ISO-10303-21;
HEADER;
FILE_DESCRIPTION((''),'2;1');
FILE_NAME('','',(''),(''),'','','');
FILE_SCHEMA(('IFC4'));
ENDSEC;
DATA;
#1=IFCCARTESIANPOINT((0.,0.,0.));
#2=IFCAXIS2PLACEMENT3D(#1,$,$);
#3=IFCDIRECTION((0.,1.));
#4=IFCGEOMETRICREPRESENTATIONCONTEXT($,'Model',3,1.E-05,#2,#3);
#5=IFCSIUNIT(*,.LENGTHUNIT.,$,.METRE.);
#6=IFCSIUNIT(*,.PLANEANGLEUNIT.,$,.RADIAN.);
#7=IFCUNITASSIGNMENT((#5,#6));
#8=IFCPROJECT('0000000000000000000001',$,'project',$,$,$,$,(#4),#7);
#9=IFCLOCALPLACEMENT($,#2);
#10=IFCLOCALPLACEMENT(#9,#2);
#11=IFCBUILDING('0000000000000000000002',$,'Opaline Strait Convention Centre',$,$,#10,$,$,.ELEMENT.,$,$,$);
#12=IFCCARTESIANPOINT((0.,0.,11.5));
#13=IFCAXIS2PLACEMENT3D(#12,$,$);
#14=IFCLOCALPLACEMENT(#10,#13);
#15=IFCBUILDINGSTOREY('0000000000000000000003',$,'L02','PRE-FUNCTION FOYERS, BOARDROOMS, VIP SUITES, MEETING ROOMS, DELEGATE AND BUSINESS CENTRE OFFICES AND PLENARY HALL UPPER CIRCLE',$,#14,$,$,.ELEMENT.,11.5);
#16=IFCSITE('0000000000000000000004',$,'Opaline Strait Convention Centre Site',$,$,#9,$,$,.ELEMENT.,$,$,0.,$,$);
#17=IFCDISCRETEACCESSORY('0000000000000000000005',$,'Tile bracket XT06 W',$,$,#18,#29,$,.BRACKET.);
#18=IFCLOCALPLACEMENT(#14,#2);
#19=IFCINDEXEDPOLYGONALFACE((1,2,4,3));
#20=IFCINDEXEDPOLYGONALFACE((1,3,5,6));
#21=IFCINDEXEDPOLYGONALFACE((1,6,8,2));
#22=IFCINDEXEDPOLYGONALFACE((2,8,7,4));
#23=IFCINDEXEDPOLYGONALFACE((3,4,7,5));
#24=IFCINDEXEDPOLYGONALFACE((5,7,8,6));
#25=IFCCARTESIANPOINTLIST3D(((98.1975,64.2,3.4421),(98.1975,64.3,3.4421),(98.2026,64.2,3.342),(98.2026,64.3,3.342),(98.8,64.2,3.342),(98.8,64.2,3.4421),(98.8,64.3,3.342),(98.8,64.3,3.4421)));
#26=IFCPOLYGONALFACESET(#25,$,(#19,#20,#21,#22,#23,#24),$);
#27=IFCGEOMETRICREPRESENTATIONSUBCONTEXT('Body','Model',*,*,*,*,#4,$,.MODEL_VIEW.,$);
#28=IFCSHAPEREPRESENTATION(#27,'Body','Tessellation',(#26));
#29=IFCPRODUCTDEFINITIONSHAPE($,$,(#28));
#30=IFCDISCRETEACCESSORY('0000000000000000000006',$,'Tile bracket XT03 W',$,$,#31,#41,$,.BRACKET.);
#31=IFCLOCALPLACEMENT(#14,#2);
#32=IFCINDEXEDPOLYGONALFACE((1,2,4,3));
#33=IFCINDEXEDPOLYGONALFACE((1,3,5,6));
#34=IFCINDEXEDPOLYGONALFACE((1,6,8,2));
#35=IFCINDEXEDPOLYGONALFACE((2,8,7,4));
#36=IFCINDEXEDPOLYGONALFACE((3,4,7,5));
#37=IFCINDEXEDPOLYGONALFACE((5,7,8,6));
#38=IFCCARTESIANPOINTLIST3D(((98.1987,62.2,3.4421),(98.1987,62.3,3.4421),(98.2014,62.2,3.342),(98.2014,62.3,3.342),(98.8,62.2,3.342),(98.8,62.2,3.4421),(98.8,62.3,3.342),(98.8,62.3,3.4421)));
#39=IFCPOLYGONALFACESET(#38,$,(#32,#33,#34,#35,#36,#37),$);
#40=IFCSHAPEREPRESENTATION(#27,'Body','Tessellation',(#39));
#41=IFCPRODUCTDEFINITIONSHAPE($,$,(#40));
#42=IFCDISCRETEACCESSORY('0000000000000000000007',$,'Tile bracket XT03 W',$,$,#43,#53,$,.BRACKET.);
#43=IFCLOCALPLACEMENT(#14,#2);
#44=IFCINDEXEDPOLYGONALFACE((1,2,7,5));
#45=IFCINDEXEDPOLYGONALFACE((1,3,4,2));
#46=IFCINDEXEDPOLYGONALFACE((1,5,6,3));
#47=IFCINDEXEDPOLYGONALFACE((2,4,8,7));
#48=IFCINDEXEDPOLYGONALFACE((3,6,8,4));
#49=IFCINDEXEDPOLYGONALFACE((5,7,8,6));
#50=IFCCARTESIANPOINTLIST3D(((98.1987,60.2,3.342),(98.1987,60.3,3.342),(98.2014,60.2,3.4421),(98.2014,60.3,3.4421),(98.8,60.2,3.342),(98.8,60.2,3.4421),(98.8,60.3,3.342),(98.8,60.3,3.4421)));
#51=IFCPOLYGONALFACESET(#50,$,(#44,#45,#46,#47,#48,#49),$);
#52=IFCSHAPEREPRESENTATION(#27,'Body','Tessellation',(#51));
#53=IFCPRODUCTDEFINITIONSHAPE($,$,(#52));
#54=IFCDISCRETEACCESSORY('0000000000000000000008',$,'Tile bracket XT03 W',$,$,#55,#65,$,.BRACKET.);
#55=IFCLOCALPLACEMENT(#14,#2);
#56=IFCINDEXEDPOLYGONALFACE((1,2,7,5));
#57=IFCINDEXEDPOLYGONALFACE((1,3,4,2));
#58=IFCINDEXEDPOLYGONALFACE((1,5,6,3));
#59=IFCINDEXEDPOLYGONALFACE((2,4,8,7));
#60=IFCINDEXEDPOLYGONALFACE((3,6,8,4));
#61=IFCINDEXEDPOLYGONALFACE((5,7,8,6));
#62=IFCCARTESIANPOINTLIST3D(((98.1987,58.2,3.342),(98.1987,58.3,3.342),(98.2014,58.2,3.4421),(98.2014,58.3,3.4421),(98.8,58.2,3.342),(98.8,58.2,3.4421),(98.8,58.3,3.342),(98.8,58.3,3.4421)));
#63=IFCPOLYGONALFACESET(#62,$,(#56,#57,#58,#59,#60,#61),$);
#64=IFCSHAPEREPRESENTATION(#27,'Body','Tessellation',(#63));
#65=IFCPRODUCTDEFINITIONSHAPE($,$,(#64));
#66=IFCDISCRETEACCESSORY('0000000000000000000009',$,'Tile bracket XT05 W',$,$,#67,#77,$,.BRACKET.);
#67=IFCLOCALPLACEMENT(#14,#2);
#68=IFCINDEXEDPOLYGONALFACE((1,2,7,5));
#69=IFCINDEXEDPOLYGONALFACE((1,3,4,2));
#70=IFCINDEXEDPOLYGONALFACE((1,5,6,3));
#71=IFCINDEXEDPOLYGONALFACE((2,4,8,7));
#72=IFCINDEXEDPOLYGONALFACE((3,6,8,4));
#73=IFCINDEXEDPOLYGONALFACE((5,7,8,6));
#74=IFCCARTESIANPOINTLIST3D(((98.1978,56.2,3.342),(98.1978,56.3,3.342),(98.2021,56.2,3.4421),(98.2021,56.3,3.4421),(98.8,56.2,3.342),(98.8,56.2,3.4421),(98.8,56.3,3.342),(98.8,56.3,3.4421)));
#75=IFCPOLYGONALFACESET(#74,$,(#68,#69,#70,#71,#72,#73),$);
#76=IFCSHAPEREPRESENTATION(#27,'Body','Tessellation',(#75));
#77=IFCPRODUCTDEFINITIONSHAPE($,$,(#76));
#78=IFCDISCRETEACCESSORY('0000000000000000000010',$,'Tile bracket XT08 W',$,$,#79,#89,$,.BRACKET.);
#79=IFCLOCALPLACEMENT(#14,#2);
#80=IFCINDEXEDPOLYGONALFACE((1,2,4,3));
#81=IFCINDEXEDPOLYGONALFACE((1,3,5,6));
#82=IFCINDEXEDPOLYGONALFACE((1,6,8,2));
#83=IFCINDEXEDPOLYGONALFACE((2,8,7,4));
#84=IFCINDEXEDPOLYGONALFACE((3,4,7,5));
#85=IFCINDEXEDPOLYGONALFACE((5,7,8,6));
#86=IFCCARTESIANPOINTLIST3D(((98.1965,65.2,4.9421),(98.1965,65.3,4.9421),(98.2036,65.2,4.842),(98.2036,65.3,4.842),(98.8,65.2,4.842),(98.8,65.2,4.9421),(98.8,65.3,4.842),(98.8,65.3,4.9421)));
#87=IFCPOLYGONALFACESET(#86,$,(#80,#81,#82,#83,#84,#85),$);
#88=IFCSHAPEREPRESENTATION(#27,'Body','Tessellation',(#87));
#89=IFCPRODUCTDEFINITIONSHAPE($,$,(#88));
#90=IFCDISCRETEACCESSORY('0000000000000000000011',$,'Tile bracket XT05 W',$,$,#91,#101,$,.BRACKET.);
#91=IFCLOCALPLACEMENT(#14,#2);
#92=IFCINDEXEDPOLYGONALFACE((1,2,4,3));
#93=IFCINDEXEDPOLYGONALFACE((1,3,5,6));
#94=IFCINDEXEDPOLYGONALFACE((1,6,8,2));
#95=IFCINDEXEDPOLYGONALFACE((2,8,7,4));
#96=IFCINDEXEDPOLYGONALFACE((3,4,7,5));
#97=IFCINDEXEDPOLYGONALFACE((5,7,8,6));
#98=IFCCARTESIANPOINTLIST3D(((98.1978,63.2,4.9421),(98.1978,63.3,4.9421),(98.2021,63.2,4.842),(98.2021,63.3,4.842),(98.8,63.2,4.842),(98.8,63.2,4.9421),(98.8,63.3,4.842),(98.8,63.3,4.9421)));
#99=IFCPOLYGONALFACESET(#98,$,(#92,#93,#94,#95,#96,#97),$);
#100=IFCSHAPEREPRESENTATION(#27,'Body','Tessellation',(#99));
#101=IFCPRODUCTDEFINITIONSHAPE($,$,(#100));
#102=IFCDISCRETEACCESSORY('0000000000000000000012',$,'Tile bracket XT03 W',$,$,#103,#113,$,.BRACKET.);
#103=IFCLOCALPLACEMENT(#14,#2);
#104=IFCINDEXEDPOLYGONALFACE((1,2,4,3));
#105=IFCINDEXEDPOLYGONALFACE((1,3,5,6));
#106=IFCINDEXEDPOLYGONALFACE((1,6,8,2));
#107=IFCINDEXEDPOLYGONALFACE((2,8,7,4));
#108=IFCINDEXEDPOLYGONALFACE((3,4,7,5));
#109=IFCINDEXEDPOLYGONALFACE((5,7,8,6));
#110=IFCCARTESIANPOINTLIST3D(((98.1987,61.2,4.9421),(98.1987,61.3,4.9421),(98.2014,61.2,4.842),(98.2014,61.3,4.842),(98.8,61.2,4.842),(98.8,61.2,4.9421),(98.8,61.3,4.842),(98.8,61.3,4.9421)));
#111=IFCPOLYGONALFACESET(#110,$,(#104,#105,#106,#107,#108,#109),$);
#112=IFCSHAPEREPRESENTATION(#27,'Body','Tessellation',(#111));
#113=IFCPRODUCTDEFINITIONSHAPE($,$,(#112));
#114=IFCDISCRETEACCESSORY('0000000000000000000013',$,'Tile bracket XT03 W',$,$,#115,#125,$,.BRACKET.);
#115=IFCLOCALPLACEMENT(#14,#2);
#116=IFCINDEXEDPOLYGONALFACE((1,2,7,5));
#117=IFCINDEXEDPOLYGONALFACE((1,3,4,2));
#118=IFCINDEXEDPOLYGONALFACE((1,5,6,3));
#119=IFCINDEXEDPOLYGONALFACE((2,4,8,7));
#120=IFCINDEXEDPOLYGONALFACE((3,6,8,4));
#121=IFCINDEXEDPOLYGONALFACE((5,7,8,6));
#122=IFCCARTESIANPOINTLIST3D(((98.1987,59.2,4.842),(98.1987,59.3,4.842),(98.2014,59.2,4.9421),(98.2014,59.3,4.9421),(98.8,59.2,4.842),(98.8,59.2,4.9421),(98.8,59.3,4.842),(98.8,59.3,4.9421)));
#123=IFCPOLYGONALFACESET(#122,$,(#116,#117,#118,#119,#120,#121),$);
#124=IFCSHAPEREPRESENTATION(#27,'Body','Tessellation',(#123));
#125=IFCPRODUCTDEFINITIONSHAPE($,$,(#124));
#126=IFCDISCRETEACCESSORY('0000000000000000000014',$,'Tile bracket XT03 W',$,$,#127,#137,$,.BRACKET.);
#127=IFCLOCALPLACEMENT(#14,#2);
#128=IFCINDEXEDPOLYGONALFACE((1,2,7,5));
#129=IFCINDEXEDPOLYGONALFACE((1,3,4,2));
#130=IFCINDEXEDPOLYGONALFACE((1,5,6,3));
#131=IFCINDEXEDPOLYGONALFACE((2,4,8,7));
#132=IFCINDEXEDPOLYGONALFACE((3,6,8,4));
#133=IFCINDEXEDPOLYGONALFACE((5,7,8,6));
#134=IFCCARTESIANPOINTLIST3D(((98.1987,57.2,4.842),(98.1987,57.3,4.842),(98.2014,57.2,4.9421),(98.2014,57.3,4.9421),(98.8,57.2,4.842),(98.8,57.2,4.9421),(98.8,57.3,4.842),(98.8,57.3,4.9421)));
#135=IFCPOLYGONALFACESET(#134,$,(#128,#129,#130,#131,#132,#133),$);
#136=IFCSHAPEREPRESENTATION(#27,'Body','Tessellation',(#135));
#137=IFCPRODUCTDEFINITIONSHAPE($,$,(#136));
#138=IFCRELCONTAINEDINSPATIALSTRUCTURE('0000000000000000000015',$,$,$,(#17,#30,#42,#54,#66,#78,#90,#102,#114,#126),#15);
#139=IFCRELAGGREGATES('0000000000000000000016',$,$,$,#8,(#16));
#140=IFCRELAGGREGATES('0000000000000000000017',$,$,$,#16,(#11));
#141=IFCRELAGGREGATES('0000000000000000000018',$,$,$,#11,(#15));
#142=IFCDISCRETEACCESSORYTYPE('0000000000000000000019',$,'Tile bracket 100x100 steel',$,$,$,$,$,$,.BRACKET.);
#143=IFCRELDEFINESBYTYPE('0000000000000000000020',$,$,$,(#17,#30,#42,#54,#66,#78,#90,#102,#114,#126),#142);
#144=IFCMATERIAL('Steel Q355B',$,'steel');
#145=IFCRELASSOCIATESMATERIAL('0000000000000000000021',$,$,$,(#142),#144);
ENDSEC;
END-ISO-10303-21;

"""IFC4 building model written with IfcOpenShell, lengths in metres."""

from ifc_helpers import new_model, si_unit, direction, frame, origin, place, context, subcontext, project, spatial, polyline, outline, extrude, material, type_object, element, save


model = new_model("IFC4")

# Units and contexts
model_context = context("Model", 3, precision=1e-05, world=origin(), true_north=direction((0.0, 1.0)))
body_context = subcontext(model_context, "Body", "Model", "MODEL_VIEW")
ifc_project = project(units=[si_unit("LENGTHUNIT", "METRE"), si_unit("PLANEANGLEUNIT", "RADIAN")], contexts=[model_context])

# Site, building, storey
site_placement = place(None, origin())
site = spatial("IfcSite", under=ifc_project, at=site_placement, Name="Opaline Strait Convention Centre Site", CompositionType="ELEMENT", RefElevation=0.0)
building_placement = place(site_placement, origin())
building = spatial("IfcBuilding", under=site, at=building_placement, Name="Opaline Strait Convention Centre", CompositionType="ELEMENT")
storey_placement = place(building_placement, frame((0.0, 0.0, 11.5)))
storey = spatial("IfcBuildingStorey", under=building, at=storey_placement, Name="L02", Description="PRE-FUNCTION FOYERS, BOARDROOMS, VIP SUITES, MEETING ROOMS, DELEGATE AND BUSINESS CENTRE OFFICES AND PLENARY HALL UPPER CIRCLE", CompositionType="ELEMENT", Elevation=11.5)

# Discrete accessories
ifc_material_1 = material(Name="Steel Q355B", Category="steel")
discrete_accessory_type = type_object("IfcDiscreteAccessoryType", Name="Tile bracket 100x100 steel", PredefinedType="BRACKET", material=ifc_material_1)
discrete_accessory_1_placement = place(storey_placement, frame((98.8, 64.3, 3.3921), z_axis=(0.0, -1.0, 0.0), x_axis=(1.0, 0.0, 0.0)))
element("IfcDiscreteAccessory", 1, at=discrete_accessory_1_placement, inside=storey, type_object=discrete_accessory_type, Name="Tile bracket XT06 W", PredefinedType="BRACKET", context=body_context, shape_type="SweptSolid", body=[
    extrude(outline(polyline([(0.0, -0.05), (0.0, 0.05), (-0.6025, 0.05), (-0.5974, -0.05), (0.0, -0.05)])), origin(), (0.0, 0.0, 1.0), 0.1001),
])
discrete_accessory_2_placement = place(storey_placement, frame((98.8, 62.3, 3.3921), z_axis=(0.0, -1.0, 0.0), x_axis=(1.0, 0.0, 0.0)))
element("IfcDiscreteAccessory", 2, at=discrete_accessory_2_placement, inside=storey, type_object=discrete_accessory_type, Name="Tile bracket XT03 W", PredefinedType="BRACKET", context=body_context, shape_type="SweptSolid", body=[
    extrude(outline(polyline([(0.0, -0.05), (0.0, 0.05), (-0.6013, 0.05), (-0.5986, -0.05), (0.0, -0.05)])), origin(), (0.0, 0.0, 1.0), 0.1001),
])
for number, where, z_axis, x_axis, name in (
    (3, (98.8, 60.3, 3.3921), (0.0, -1.0, 0.0), (1.0, 0.0, 0.0), "Tile bracket XT03 W"),
    (4, (98.8, 58.3, 3.3921), (0.0, -1.0, 0.0), (1.0, 0.0, 0.0), "Tile bracket XT03 W"),
):
    element("IfcDiscreteAccessory", number, at=place(storey_placement, frame(where, z_axis=z_axis, x_axis=x_axis)), inside=storey, type_object=discrete_accessory_type, Name=name, PredefinedType="BRACKET", context=body_context, shape_type="SweptSolid", body=[
        extrude(outline(polyline([(0.0, -0.05), (0.0, 0.05), (-0.5986, 0.05), (-0.6013, -0.05), (0.0, -0.05)])), origin(), (0.0, 0.0, 1.0), 0.1001),
    ])
discrete_accessory_3_placement = place(storey_placement, frame((98.8, 56.3, 3.3921), z_axis=(0.0, -1.0, 0.0), x_axis=(1.0, 0.0, 0.0)))
element("IfcDiscreteAccessory", 5, at=discrete_accessory_3_placement, inside=storey, type_object=discrete_accessory_type, Name="Tile bracket XT05 W", PredefinedType="BRACKET", context=body_context, shape_type="SweptSolid", body=[
    extrude(outline(polyline([(0.0, -0.05), (0.0, 0.05), (-0.5979, 0.05), (-0.6023, -0.05), (0.0, -0.05)])), origin(), (0.0, 0.0, 1.0), 0.1001),
])
discrete_accessory_4_placement = place(storey_placement, frame((98.8, 65.3, 4.8921), z_axis=(0.0, -1.0, 0.0), x_axis=(1.0, 0.0, 0.0)))
element("IfcDiscreteAccessory", 6, at=discrete_accessory_4_placement, inside=storey, type_object=discrete_accessory_type, Name="Tile bracket XT08 W", PredefinedType="BRACKET", context=body_context, shape_type="SweptSolid", body=[
    extrude(outline(polyline([(0.0, -0.05), (0.0, 0.05), (-0.6035, 0.05), (-0.5964, -0.05), (0.0, -0.05)])), origin(), (0.0, 0.0, 1.0), 0.1001),
])
discrete_accessory_5_placement = place(storey_placement, frame((98.8, 63.3, 4.8921), z_axis=(0.0, -1.0, 0.0), x_axis=(1.0, 0.0, 0.0)))
element("IfcDiscreteAccessory", 7, at=discrete_accessory_5_placement, inside=storey, type_object=discrete_accessory_type, Name="Tile bracket XT05 W", PredefinedType="BRACKET", context=body_context, shape_type="SweptSolid", body=[
    extrude(outline(polyline([(0.0, -0.05), (0.0, 0.05), (-0.6023, 0.05), (-0.5979, -0.05), (0.0, -0.05)])), origin(), (0.0, 0.0, 1.0), 0.1001),
])
discrete_accessory_6_placement = place(storey_placement, frame((98.8, 61.3, 4.8921), z_axis=(0.0, -1.0, 0.0), x_axis=(1.0, 0.0, 0.0)))
element("IfcDiscreteAccessory", 8, at=discrete_accessory_6_placement, inside=storey, type_object=discrete_accessory_type, Name="Tile bracket XT03 W", PredefinedType="BRACKET", context=body_context, shape_type="SweptSolid", body=[
    extrude(outline(polyline([(0.0, -0.05), (0.0, 0.05), (-0.6013, 0.05), (-0.5986, -0.05), (0.0, -0.05)])), origin(), (0.0, 0.0, 1.0), 0.1001),
])
for number, where, z_axis, x_axis, name in (
    (9, (98.8, 59.3, 4.8921), (0.0, -1.0, 0.0), (1.0, 0.0, 0.0), "Tile bracket XT03 W"),
    (10, (98.8, 57.3, 4.8921), (0.0, -1.0, 0.0), (1.0, 0.0, 0.0), "Tile bracket XT03 W"),
):
    element("IfcDiscreteAccessory", number, at=place(storey_placement, frame(where, z_axis=z_axis, x_axis=x_axis)), inside=storey, type_object=discrete_accessory_type, Name=name, PredefinedType="BRACKET", context=body_context, shape_type="SweptSolid", body=[
        extrude(outline(polyline([(0.0, -0.05), (0.0, 0.05), (-0.5986, 0.05), (-0.6013, -0.05), (0.0, -0.05)])), origin(), (0.0, 0.0, 1.0), 0.1001),
    ])

save(model, "model.ifc")
